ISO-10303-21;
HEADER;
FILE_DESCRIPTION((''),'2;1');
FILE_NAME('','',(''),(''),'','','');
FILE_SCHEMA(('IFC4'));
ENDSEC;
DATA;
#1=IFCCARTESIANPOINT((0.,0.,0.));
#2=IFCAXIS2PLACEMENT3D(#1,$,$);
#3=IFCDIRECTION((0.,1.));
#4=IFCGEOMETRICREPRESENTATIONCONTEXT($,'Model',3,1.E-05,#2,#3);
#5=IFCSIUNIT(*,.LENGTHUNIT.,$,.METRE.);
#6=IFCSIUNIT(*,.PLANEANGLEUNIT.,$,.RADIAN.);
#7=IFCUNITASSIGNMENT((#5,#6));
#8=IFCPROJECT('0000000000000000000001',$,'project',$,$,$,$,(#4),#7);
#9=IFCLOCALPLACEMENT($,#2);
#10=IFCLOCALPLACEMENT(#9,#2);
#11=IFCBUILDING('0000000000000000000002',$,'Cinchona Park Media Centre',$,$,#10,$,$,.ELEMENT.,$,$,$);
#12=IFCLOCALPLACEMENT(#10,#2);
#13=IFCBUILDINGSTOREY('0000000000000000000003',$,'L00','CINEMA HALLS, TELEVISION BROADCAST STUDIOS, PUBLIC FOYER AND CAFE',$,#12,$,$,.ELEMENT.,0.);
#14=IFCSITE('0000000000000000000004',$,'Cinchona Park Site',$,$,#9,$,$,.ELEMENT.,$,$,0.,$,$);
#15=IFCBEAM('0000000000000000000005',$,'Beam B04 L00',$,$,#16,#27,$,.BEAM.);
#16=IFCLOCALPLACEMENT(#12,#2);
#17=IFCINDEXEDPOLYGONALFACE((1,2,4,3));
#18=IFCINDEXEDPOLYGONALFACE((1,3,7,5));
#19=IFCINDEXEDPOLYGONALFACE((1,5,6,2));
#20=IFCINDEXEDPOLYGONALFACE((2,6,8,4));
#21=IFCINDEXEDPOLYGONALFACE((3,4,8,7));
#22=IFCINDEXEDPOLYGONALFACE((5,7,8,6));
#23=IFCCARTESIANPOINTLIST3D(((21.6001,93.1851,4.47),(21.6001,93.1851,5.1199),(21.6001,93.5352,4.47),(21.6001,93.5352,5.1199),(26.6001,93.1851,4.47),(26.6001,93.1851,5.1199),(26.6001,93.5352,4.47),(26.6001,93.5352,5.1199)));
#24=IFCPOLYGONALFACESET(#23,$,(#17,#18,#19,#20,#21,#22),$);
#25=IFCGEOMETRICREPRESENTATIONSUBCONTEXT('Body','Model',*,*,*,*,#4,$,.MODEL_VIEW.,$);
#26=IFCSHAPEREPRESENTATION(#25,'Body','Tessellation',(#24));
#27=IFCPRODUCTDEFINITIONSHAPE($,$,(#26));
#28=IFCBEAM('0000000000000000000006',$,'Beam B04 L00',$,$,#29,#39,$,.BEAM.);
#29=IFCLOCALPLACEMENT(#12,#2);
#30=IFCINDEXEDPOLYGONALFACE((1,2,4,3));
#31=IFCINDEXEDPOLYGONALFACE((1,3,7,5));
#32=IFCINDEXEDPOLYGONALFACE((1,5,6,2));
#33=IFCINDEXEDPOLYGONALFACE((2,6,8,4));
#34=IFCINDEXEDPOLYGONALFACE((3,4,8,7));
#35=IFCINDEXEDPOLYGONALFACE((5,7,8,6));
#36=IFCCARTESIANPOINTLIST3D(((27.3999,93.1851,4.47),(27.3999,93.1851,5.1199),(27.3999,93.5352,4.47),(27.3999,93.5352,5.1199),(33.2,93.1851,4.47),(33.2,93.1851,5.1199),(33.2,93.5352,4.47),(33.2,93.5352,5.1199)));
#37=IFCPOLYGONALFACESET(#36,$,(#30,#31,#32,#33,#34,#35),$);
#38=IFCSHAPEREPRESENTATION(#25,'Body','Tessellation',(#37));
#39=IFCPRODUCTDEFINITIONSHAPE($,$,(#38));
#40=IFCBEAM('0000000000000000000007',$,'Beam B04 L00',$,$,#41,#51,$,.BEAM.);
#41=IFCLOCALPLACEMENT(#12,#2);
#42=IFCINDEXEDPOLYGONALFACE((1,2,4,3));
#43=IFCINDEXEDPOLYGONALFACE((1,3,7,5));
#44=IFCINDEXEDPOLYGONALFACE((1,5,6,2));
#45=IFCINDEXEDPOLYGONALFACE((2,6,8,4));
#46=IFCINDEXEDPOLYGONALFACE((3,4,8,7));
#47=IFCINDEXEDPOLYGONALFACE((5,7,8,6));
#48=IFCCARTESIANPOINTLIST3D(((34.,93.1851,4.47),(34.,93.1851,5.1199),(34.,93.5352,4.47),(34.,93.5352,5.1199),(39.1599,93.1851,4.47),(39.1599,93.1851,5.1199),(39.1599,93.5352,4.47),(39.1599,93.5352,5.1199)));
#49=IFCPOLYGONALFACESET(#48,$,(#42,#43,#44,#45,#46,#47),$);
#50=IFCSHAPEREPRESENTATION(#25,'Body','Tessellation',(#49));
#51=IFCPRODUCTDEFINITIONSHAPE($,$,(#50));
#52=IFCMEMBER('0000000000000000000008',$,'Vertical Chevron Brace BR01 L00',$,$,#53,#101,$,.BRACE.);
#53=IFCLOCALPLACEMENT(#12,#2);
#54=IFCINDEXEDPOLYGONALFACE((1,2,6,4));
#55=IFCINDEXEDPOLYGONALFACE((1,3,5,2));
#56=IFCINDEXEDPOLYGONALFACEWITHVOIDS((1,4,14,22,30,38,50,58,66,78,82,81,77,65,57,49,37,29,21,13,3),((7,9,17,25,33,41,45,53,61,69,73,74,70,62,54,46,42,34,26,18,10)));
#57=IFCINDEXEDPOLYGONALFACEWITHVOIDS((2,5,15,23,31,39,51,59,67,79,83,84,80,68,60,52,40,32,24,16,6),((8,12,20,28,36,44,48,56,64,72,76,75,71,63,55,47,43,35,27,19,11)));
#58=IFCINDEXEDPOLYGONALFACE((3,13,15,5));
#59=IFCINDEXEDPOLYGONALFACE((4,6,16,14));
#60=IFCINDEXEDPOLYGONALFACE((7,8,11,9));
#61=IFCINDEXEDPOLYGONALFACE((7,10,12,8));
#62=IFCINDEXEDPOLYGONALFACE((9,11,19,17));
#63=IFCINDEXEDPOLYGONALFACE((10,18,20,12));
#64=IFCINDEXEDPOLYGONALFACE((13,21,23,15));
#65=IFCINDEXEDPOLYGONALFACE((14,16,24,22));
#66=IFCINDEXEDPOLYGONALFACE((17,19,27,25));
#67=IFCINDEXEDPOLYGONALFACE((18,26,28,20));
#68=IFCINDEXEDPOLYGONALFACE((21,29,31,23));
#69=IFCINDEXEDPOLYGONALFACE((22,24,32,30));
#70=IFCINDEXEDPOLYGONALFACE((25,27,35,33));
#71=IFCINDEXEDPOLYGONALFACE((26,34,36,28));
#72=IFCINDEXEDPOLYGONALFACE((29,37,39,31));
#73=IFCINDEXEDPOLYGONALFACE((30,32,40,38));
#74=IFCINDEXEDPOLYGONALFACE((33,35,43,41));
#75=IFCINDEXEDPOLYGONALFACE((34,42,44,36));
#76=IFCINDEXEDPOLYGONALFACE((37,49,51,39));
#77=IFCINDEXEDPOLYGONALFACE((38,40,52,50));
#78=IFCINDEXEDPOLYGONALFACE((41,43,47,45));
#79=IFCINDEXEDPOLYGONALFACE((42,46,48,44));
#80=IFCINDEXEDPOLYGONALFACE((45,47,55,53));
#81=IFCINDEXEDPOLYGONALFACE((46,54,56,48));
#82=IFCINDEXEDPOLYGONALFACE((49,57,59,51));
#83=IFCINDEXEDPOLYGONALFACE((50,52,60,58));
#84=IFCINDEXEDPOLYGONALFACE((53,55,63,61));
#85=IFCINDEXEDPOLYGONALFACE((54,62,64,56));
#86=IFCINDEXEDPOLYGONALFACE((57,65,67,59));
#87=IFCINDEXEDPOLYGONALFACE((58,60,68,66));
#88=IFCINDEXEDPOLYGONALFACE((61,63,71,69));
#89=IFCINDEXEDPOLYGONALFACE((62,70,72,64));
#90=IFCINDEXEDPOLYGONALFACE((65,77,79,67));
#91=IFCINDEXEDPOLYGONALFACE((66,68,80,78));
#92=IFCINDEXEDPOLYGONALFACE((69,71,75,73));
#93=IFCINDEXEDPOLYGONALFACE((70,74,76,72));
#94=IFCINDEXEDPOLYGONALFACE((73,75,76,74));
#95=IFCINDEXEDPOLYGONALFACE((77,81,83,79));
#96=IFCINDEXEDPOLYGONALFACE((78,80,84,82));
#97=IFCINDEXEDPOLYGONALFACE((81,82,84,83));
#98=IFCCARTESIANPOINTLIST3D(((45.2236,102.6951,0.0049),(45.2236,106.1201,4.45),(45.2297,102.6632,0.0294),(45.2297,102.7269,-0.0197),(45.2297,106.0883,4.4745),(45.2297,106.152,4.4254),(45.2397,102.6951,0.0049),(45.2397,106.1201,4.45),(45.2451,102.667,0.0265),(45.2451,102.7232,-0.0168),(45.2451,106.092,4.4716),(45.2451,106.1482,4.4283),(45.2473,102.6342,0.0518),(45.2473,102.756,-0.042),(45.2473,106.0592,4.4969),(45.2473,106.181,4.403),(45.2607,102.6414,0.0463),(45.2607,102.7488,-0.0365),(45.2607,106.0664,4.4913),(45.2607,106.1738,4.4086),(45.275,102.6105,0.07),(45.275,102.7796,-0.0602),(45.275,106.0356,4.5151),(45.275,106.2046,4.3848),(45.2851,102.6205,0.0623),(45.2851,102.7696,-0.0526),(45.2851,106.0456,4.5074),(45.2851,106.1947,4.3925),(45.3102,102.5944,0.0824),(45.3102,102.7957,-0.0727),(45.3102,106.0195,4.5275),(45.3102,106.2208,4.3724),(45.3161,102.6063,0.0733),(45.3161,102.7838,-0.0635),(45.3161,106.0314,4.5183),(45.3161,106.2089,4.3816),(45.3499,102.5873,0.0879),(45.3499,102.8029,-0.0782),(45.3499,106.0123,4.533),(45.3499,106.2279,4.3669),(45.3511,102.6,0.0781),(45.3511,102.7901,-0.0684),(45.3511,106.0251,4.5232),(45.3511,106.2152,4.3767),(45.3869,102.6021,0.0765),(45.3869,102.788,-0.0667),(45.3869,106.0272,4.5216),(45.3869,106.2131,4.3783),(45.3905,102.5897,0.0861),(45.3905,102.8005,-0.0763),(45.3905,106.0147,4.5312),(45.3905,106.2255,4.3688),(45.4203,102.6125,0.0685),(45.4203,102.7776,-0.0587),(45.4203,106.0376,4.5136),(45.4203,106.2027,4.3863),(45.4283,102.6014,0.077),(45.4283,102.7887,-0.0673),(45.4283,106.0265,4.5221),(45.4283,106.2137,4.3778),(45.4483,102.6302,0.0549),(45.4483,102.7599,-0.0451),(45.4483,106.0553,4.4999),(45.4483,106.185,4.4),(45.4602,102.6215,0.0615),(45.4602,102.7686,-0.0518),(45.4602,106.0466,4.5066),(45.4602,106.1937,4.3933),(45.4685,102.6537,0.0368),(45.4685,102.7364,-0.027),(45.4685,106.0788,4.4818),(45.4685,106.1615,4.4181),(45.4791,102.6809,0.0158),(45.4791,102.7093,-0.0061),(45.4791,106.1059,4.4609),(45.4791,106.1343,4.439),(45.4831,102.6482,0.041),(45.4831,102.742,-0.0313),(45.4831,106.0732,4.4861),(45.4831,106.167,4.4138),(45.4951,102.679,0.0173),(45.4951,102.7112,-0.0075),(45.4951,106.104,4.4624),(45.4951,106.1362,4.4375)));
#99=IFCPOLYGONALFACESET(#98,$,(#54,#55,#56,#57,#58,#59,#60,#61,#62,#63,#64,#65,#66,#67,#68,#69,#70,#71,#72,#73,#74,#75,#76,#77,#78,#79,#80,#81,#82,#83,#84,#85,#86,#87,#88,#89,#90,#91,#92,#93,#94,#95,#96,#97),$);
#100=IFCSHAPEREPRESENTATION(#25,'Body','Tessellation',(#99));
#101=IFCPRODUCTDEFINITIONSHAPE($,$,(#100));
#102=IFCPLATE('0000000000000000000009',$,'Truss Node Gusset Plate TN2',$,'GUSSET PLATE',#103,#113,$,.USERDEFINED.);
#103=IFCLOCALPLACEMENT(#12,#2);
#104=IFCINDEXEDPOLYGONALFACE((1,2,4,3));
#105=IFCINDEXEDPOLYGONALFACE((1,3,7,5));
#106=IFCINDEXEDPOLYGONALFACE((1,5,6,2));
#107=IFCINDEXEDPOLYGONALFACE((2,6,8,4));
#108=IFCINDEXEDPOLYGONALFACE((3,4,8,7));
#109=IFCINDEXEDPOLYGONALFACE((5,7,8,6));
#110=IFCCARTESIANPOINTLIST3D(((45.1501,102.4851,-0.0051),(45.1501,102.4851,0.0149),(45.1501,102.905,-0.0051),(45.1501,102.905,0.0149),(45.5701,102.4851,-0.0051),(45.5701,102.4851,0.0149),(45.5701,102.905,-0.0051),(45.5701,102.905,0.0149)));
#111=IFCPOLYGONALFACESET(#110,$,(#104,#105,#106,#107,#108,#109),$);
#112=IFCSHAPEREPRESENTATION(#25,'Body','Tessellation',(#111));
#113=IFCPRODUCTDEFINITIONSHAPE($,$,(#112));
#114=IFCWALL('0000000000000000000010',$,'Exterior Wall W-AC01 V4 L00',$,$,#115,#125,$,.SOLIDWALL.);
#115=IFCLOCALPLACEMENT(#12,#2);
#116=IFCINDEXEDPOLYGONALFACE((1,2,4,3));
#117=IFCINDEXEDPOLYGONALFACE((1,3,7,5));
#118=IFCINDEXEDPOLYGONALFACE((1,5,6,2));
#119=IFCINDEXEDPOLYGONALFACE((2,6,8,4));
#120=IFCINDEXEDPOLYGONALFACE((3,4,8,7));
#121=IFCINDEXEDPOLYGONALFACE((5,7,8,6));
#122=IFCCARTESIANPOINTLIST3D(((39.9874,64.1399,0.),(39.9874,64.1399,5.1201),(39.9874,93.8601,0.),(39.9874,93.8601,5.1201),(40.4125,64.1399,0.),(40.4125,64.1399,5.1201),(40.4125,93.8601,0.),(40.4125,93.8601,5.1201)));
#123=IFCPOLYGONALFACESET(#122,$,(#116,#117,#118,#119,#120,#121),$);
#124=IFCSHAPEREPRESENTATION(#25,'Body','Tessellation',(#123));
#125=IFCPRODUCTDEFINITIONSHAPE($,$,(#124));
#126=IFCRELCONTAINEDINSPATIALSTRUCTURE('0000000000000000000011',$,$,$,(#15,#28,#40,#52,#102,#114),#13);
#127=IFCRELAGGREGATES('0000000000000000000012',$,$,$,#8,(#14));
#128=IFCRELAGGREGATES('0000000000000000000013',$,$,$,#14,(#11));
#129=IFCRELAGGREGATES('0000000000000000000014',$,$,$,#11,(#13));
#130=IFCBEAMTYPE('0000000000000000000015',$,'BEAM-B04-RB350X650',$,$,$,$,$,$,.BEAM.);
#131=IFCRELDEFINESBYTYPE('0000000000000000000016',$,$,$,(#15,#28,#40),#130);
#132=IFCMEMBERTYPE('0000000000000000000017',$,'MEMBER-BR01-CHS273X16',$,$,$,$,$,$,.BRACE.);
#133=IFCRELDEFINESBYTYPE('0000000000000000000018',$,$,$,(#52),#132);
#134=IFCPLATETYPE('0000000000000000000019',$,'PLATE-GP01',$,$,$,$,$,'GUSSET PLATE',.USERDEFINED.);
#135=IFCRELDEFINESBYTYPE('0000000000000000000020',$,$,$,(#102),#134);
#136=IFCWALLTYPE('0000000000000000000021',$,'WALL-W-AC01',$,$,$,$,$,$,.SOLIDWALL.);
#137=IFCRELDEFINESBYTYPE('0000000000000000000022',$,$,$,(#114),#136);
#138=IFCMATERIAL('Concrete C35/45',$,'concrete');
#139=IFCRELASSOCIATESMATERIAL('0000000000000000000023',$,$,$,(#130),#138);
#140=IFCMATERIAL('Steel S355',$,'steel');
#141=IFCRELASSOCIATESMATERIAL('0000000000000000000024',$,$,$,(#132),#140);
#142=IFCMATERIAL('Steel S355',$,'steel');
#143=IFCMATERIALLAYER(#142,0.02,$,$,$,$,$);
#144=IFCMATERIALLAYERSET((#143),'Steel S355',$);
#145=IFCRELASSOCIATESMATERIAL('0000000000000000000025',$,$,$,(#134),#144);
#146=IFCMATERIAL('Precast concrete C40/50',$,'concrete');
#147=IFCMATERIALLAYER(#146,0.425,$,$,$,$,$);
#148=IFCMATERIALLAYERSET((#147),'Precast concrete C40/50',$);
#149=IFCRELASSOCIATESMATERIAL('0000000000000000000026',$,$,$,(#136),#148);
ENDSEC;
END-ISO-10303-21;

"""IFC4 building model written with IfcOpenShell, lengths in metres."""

from ifc_helpers import new_model, si_unit, direction, frame, frame_2d, origin, origin_2d, place, context, subcontext, project, spatial, rectangle, hollow_circle, extrude, material, layer, layer_set, material_profile, profile_set, type_object, element, save


model = new_model("IFC4")

# Units and contexts
model_context = context("Model", 3, precision=1e-05, world=origin(), true_north=direction((0.0, 1.0)))
body_context = subcontext(model_context, "Body", "Model", "MODEL_VIEW")
ifc_project = project(units=[si_unit("LENGTHUNIT", "METRE"), si_unit("PLANEANGLEUNIT", "RADIAN")], contexts=[model_context])

# Site, building, storey
site_placement = place(None, origin())
site = spatial("IfcSite", under=ifc_project, at=site_placement, Name="Cinchona Park Site", CompositionType="ELEMENT", RefElevation=0.0)
building_placement = place(site_placement, origin())
building = spatial("IfcBuilding", under=site, at=building_placement, Name="Cinchona Park Media Centre", CompositionType="ELEMENT")
storey_placement = place(building_placement, origin())
storey = spatial("IfcBuildingStorey", under=building, at=storey_placement, Name="L00", Description="CINEMA HALLS, TELEVISION BROADCAST STUDIOS, PUBLIC FOYER AND CAFE", CompositionType="ELEMENT", Elevation=0.0)

# Beams
ifc_material_1 = material(Name="Concrete C35/45", Category="concrete")
ifc_material_profile_1 = material_profile(ifc_material_1, rectangle(XDim=0.3501, YDim=0.6499, at=origin_2d()), Name="RB 350X650")
ifc_profile_set_1 = profile_set([ifc_material_profile_1], Name="Concrete C35/45")
beam_type_1 = type_object("IfcBeamType", Name="BEAM-B04-RB350X650", PredefinedType="BEAM", material=ifc_profile_set_1)
beam_1_placement = place(storey_placement, frame((21.6001, 93.3601, 4.7949), z_axis=(1.0, 0.0, 0.0), x_axis=(0.0, 1.0, 0.0)))
element("IfcBeam", 1, at=beam_1_placement, inside=storey, type_object=beam_type_1, Name="Beam B04 L00", PredefinedType="BEAM", context=body_context, shape_type="SweptSolid", body=[
    extrude(rectangle(XDim=0.3501, YDim=0.6499, at=origin_2d()), origin(), (0.0, 0.0, 1.0), 5.0),
])
beam_2_placement = place(storey_placement, frame((27.3999, 93.3601, 4.7949), z_axis=(1.0, 0.0, 0.0), x_axis=(0.0, 1.0, 0.0)))
element("IfcBeam", 2, at=beam_2_placement, inside=storey, type_object=beam_type_1, Name="Beam B04 L00", PredefinedType="BEAM", context=body_context, shape_type="SweptSolid", body=[
    extrude(rectangle(XDim=0.3501, YDim=0.6499, at=origin_2d()), origin(), (0.0, 0.0, 1.0), 5.8),
])
beam_3_placement = place(storey_placement, frame((34.0, 93.3601, 4.7949), z_axis=(1.0, 0.0, 0.0), x_axis=(0.0, 1.0, 0.0)))
element("IfcBeam", 3, at=beam_3_placement, inside=storey, type_object=beam_type_1, Name="Beam B04 L00", PredefinedType="BEAM", context=body_context, shape_type="SweptSolid", body=[
    extrude(rectangle(XDim=0.3501, YDim=0.6499, at=origin_2d()), origin(), (0.0, 0.0, 1.0), 5.1599),
])

# Member
ifc_material_2 = material(Name="Steel S355", Category="steel")
ifc_material_profile_2 = material_profile(ifc_material_2, hollow_circle(Radius=0.1365, WallThickness=0.0161, at=origin_2d()), Name="273X16CHS")
ifc_profile_set_2 = profile_set([ifc_material_profile_2], Name="Steel S355")
member_type = type_object("IfcMemberType", Name="MEMBER-BR01-CHS273X16", PredefinedType="BRACE", material=ifc_profile_set_2)
member_placement = place(storey_placement, frame((45.3601, 102.6951, 0.0049), z_axis=(0.0, 0.610356, 0.792127), x_axis=(-1.0, 0.0, 0.0)))
element("IfcMember", 4, at=member_placement, inside=storey, type_object=member_type, Name="Vertical Chevron Brace BR01 L00", PredefinedType="BRACE", context=body_context, shape_type="SweptSolid", body=[
    extrude(hollow_circle(Radius=0.1365, WallThickness=0.0161, at=origin_2d()), origin(), (0.0, 0.0, 1.0), 5.6116),
])

# Plate
ifc_material_3 = material(Name="Steel S355", Category="steel")
ifc_layer_1 = layer(ifc_material_3, 0.02)
ifc_layer_set_1 = layer_set([ifc_layer_1], Name="Steel S355")
plate_type = type_object("IfcPlateType", Name="PLATE-GP01", ElementType="GUSSET PLATE", PredefinedType="USERDEFINED", material=ifc_layer_set_1)
plate_placement = place(storey_placement, frame((45.3601, 102.6951, -0.0051), z_axis=(0.0, 0.0, 1.0), x_axis=(1.0, 0.0, 0.0)))
element("IfcPlate", 5, at=plate_placement, inside=storey, type_object=plate_type, Name="Truss Node Gusset Plate TN2", ObjectType="GUSSET PLATE", PredefinedType="USERDEFINED", context=body_context, shape_type="SweptSolid", body=[
    extrude(rectangle(XDim=0.4199, YDim=0.4199, at=origin_2d()), origin(), (0.0, 0.0, 1.0), 0.02),
])

# Wall
ifc_material_4 = material(Name="Precast concrete C40/50", Category="concrete")
ifc_layer_2 = layer(ifc_material_4, 0.425)
ifc_layer_set_2 = layer_set([ifc_layer_2], Name="Precast concrete C40/50")
wall_type = type_object("IfcWallType", Name="WALL-W-AC01", PredefinedType="SOLIDWALL", material=ifc_layer_set_2)
wall_placement = place(storey_placement, frame((40.2, 93.8601, 0.0), z_axis=(0.0, 0.0, 1.0), x_axis=(0.0, -1.0, 0.0)))
element("IfcWall", 6, at=wall_placement, inside=storey, type_object=wall_type, Name="Exterior Wall W-AC01 V4 L00", PredefinedType="SOLIDWALL", context=body_context, shape_type="SweptSolid", body=[
    extrude(rectangle(XDim=29.7202, YDim=0.425, at=frame_2d((14.8601, 0.0))), origin(), (0.0, 0.0, 1.0), 5.1201),
])

save(model, "model.ifc")
